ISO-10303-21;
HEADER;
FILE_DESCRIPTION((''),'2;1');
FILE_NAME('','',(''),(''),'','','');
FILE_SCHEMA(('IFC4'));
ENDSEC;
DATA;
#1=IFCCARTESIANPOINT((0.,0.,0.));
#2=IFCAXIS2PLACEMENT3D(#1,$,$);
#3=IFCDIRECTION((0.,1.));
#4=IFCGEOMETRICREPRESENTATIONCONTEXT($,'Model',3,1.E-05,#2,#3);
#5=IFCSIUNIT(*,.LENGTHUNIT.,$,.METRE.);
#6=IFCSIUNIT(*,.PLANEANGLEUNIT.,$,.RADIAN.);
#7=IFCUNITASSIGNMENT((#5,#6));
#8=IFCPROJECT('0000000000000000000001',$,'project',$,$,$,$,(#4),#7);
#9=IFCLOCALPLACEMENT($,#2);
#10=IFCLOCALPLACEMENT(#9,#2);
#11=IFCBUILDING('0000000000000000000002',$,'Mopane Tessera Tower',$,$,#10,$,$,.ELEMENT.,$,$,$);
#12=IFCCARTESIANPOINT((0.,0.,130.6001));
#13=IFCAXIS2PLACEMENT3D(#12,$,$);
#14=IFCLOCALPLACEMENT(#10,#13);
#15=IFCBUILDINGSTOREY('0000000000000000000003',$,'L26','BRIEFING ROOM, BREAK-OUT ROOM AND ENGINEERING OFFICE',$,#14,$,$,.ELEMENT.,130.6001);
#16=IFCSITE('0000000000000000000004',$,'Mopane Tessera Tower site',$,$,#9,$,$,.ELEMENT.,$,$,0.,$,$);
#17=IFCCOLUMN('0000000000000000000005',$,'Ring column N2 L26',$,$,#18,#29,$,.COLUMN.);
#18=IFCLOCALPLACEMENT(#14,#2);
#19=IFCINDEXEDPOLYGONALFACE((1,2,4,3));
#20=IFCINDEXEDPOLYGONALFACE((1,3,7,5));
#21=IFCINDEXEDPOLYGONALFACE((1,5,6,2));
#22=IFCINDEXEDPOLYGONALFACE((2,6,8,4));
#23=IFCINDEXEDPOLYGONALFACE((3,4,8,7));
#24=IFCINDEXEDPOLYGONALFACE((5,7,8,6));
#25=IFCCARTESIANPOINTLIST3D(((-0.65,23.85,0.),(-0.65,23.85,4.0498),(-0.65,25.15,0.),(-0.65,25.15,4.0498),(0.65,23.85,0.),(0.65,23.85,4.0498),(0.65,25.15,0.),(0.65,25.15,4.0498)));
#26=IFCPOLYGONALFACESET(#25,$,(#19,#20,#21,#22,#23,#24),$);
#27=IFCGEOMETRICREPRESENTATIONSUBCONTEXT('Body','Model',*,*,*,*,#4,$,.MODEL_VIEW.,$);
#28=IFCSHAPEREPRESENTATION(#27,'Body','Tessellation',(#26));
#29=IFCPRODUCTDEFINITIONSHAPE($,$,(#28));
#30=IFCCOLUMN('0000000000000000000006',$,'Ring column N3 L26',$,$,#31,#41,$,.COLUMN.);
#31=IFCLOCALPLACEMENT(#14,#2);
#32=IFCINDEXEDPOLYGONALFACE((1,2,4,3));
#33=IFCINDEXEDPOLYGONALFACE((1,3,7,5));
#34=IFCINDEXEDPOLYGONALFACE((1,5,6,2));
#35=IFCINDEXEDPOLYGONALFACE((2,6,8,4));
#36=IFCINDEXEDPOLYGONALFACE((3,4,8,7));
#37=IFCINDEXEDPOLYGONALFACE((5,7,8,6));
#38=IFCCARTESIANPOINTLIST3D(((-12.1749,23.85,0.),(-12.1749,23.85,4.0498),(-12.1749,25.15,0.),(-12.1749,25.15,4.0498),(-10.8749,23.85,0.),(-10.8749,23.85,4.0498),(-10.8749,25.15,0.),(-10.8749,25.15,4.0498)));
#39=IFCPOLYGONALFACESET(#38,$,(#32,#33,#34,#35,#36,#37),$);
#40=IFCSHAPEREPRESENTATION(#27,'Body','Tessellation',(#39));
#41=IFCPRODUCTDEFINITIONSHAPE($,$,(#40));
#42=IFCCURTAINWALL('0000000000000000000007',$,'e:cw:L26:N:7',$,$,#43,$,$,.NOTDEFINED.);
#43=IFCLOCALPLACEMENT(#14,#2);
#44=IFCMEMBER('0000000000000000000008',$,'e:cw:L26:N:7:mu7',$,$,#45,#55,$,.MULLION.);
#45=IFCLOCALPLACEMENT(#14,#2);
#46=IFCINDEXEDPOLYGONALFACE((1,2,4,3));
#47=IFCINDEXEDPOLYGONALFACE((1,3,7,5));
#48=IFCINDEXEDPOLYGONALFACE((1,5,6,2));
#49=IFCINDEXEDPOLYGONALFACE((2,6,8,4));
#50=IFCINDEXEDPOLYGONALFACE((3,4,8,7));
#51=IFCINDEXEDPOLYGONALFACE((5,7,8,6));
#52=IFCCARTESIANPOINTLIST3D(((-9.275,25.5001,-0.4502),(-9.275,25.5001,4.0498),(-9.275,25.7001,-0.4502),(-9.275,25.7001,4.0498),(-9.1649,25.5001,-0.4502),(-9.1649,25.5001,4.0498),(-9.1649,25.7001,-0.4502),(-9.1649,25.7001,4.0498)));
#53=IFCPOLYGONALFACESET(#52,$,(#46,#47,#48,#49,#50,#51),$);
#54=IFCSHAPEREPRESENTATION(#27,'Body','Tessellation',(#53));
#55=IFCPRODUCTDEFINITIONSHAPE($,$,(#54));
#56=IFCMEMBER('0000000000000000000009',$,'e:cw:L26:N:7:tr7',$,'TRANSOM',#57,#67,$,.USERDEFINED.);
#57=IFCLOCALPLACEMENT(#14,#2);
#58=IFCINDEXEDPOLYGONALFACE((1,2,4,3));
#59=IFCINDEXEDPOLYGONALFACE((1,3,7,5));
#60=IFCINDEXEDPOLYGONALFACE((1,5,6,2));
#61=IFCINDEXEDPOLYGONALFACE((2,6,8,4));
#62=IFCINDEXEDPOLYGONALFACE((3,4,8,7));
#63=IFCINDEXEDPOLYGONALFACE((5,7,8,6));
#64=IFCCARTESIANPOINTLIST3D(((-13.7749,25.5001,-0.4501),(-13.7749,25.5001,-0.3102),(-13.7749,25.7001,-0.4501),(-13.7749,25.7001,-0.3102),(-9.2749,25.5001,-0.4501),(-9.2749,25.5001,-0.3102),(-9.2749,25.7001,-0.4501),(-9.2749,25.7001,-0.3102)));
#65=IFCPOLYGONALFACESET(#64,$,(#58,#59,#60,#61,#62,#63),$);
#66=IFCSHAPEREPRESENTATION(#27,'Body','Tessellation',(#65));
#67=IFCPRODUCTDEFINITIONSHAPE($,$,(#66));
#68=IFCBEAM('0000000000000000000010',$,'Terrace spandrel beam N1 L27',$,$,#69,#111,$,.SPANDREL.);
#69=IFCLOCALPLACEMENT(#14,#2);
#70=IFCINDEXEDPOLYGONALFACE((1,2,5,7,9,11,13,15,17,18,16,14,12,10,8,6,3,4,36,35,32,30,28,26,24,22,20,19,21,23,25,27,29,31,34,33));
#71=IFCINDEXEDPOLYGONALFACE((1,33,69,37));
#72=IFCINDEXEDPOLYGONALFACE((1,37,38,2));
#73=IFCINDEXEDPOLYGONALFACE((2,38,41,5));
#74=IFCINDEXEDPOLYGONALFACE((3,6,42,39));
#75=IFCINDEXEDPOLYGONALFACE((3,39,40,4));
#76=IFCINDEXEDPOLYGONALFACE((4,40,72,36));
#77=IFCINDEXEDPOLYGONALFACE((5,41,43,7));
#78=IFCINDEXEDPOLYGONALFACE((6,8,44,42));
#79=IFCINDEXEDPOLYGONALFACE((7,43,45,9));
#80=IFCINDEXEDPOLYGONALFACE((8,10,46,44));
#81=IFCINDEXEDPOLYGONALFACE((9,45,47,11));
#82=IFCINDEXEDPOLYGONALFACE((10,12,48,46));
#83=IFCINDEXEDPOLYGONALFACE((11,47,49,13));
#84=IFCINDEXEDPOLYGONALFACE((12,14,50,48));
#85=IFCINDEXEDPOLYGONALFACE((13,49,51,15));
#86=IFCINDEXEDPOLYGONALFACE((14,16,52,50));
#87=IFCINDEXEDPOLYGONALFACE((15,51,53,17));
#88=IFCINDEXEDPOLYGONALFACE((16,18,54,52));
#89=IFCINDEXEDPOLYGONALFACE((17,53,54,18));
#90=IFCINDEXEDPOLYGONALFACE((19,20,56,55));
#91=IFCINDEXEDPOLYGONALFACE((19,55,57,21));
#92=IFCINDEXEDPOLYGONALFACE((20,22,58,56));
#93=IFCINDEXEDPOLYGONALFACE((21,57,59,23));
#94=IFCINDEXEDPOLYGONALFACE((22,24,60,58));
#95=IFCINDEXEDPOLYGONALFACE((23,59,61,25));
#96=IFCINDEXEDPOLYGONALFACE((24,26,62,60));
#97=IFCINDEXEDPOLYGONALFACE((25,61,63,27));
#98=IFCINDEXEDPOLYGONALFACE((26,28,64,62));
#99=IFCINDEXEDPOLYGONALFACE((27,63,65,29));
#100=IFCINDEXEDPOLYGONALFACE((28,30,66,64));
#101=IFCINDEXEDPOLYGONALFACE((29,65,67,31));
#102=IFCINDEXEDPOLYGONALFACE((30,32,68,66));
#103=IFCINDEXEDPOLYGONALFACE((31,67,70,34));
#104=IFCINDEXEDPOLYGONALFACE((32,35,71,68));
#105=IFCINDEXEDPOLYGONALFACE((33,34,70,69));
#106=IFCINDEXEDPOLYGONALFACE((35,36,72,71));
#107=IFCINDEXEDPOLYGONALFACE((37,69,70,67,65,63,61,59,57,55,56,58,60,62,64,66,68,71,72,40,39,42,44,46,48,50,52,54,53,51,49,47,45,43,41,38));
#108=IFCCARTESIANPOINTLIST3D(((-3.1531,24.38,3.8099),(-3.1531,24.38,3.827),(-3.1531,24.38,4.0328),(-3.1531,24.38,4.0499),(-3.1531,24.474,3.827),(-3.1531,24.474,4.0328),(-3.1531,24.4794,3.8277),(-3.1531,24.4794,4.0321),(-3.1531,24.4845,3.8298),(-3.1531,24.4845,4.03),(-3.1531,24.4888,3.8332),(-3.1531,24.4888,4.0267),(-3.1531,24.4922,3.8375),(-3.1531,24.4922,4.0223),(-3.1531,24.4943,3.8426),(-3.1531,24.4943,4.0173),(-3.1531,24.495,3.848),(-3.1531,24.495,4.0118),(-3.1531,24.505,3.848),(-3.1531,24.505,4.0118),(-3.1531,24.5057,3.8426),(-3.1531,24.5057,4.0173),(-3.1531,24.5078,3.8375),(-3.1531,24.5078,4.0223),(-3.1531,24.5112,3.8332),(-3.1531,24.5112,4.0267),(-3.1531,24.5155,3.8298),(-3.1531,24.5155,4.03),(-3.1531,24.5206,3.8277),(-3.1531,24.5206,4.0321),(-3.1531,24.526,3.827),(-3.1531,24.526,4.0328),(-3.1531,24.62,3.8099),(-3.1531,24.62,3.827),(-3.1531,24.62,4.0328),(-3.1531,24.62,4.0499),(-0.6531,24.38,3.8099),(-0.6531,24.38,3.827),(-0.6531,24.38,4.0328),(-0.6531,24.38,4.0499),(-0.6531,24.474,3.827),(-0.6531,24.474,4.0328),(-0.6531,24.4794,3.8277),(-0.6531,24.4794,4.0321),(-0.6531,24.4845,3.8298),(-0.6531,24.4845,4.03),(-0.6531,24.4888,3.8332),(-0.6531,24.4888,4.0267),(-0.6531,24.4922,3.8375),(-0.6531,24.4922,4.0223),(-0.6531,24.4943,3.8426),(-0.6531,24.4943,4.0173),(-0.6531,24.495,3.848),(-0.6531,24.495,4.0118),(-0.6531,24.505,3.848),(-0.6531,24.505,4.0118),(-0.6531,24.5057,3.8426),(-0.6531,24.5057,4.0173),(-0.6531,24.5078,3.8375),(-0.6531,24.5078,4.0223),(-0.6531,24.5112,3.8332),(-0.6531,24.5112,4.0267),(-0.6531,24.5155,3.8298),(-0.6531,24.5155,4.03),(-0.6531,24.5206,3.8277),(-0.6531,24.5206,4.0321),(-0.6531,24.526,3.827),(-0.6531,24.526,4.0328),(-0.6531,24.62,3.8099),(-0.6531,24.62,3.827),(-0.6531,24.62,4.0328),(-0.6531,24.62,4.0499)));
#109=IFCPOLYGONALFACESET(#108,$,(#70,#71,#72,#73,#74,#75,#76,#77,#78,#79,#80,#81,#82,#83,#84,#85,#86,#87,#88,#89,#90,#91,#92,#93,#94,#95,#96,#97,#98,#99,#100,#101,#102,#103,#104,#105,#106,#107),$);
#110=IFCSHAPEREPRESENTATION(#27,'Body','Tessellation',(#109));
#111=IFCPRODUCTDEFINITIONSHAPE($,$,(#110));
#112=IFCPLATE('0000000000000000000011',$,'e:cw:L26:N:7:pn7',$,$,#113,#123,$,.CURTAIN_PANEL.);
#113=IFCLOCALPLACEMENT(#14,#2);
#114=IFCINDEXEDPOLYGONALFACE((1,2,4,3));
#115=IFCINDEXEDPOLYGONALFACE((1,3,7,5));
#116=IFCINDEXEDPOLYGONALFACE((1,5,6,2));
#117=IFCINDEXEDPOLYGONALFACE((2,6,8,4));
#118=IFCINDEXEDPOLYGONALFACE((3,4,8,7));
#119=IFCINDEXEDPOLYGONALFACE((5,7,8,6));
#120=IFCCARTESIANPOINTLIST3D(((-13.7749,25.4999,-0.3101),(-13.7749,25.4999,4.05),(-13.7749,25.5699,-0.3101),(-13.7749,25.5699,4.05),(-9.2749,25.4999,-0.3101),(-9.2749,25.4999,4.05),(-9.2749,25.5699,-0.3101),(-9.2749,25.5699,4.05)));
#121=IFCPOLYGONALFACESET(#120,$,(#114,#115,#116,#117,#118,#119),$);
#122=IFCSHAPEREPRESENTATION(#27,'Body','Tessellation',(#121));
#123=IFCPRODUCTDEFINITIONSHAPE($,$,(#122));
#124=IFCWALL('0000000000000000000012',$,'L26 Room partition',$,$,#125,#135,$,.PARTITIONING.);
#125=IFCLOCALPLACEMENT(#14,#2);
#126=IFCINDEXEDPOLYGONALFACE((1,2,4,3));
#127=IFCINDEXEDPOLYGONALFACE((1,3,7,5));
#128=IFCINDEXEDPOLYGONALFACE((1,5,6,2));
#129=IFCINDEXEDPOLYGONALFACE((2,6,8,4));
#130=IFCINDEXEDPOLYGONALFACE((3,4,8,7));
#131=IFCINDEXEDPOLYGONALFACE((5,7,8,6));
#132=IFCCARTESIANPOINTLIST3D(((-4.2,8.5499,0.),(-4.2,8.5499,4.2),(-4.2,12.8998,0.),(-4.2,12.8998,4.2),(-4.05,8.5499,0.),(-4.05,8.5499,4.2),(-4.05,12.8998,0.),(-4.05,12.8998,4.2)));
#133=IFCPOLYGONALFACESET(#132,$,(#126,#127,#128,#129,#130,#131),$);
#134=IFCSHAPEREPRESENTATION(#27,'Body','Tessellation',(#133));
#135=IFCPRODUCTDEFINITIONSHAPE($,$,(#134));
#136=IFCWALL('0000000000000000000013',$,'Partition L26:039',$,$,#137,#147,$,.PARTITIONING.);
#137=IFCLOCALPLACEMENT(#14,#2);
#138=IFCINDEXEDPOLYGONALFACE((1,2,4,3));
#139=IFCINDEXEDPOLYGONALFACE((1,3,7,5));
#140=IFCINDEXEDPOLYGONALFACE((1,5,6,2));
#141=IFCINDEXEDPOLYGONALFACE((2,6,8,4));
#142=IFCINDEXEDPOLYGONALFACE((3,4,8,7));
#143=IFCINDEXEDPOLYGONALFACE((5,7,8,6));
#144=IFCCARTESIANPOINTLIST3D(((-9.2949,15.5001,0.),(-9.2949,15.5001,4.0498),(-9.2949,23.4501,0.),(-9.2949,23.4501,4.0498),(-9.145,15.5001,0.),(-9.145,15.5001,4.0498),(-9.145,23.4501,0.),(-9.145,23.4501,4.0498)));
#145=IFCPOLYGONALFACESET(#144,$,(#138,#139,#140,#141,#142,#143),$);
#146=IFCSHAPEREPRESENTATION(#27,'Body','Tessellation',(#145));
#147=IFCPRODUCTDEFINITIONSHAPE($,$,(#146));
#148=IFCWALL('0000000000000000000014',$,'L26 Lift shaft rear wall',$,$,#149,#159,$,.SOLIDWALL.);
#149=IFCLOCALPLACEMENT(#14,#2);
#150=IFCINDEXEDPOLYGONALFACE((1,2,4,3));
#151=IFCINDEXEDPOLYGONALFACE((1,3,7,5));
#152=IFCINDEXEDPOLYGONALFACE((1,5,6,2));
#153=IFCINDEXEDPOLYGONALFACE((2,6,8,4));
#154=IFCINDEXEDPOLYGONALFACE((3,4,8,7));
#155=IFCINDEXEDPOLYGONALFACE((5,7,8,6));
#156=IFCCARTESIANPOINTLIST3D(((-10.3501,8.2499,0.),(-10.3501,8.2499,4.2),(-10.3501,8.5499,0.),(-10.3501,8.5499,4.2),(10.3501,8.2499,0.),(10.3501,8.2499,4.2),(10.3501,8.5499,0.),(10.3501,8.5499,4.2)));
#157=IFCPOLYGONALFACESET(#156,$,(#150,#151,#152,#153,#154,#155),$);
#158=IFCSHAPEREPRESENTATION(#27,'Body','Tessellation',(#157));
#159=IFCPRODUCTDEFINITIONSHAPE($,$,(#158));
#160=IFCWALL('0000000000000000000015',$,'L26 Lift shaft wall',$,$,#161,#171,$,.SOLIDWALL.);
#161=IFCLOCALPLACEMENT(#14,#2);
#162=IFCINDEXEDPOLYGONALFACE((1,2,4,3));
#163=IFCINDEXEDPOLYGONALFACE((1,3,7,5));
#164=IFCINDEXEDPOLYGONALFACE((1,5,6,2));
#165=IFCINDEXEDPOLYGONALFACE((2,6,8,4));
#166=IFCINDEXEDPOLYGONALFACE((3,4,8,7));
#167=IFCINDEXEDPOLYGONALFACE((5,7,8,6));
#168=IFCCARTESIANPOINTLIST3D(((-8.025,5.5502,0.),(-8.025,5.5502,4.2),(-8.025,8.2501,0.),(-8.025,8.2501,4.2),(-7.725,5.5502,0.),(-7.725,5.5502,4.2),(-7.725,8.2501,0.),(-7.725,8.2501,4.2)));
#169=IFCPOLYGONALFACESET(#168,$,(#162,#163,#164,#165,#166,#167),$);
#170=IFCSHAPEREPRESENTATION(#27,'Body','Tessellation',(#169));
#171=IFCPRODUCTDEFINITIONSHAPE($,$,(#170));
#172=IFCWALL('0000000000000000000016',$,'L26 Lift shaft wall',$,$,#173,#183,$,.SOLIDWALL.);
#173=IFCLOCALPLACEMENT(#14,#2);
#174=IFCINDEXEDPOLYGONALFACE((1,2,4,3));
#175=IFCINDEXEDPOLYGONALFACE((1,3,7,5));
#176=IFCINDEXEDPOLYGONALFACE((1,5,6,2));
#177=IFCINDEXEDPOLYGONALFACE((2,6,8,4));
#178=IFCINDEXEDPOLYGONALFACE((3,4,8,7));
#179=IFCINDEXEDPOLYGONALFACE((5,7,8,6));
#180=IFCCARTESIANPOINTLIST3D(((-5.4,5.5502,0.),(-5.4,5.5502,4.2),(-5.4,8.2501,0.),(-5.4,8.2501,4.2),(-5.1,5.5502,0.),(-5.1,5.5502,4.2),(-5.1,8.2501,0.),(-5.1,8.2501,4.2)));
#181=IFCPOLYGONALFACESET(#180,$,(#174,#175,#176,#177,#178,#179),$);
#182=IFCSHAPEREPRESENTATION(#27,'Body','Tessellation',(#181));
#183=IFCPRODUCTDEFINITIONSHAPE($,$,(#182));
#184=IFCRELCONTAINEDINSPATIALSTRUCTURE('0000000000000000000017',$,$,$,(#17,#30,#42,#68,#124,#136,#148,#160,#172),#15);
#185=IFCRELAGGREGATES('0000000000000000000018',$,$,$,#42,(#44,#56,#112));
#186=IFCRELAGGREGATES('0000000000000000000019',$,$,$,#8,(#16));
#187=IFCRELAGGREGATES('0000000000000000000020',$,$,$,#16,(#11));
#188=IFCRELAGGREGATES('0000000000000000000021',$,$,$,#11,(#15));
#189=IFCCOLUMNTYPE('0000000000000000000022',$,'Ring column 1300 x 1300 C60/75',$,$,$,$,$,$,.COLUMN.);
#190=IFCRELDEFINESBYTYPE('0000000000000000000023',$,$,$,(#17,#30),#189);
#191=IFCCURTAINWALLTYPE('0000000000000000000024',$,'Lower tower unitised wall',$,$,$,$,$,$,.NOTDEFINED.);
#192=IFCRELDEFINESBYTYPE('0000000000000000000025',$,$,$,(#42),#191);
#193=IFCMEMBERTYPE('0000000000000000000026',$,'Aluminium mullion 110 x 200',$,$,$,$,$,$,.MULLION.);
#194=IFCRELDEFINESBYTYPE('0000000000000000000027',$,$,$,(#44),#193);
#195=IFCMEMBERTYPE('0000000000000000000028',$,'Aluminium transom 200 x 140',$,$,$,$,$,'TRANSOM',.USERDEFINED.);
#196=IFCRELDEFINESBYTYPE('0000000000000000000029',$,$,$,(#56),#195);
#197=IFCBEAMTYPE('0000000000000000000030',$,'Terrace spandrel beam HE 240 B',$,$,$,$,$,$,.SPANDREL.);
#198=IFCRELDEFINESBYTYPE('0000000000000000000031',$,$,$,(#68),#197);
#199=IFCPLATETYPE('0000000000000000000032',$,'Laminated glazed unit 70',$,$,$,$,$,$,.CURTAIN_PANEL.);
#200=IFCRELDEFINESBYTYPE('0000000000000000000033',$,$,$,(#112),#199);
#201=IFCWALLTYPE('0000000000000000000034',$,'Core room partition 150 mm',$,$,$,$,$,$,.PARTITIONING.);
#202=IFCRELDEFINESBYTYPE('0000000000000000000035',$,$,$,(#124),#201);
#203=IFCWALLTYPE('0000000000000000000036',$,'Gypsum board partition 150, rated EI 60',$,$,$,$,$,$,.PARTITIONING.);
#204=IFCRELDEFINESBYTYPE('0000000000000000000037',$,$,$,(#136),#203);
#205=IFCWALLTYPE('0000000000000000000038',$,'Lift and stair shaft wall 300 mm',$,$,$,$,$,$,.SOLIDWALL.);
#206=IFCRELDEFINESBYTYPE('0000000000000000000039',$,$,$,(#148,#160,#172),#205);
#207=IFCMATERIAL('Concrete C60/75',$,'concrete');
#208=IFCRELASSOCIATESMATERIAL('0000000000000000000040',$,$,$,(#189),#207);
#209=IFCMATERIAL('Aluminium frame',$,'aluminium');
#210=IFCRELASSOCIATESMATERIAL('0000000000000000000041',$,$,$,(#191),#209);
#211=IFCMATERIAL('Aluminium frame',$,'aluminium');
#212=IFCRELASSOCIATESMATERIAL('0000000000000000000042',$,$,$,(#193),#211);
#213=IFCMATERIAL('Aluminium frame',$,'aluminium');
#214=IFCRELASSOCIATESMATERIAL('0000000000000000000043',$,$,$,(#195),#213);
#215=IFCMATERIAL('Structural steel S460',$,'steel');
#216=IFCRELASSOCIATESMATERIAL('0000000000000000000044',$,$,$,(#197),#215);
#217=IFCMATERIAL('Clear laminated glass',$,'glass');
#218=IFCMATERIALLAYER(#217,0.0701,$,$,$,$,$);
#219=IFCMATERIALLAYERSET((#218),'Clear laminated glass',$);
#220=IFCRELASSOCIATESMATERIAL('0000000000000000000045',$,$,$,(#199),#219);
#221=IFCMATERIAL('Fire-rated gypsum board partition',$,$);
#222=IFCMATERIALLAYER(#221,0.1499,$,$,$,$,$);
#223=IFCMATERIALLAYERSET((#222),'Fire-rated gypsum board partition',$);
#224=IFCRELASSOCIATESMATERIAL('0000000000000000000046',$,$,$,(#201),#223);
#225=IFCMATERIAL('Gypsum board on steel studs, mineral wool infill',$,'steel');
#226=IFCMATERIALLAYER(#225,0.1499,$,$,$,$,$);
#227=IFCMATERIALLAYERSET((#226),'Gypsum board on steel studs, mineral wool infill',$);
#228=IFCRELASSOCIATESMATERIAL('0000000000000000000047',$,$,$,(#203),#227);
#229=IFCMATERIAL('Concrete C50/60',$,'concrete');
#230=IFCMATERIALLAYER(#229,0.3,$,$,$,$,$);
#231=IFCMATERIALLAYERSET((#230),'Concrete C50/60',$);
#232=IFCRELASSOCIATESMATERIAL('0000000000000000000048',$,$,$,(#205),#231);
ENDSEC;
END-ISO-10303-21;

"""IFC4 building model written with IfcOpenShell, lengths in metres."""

from ifc_helpers import new_model, si_unit, direction, frame, frame_2d, origin, origin_2d, place, context, subcontext, project, spatial, rectangle, i_section, extrude, material, layer, layer_set, material_profile, profile_set, type_object, element, aggregate, save


model = new_model("IFC4")

# Units and contexts
model_context = context("Model", 3, precision=1e-05, world=origin(), true_north=direction((0.0, 1.0)))
body_context = subcontext(model_context, "Body", "Model", "MODEL_VIEW")
ifc_project = project(units=[si_unit("LENGTHUNIT", "METRE"), si_unit("PLANEANGLEUNIT", "RADIAN")], contexts=[model_context])

# Site, building, storey
site_placement = place(None, origin())
site = spatial("IfcSite", under=ifc_project, at=site_placement, Name="Mopane Tessera Tower site", CompositionType="ELEMENT", RefElevation=0.0)
building_placement = place(site_placement, origin())
building = spatial("IfcBuilding", under=site, at=building_placement, Name="Mopane Tessera Tower", CompositionType="ELEMENT")
storey_placement = place(building_placement, frame((0.0, 0.0, 130.6001)))
storey = spatial("IfcBuildingStorey", under=building, at=storey_placement, Name="L26", Description="BRIEFING ROOM, BREAK-OUT ROOM AND ENGINEERING OFFICE", CompositionType="ELEMENT", Elevation=130.6001)

# Columns
ifc_material_1 = material(Name="Concrete C60/75", Category="concrete")
ifc_material_profile_1 = material_profile(ifc_material_1, rectangle(XDim=1.3, YDim=1.3, at=origin_2d()))
ifc_profile_set_1 = profile_set([ifc_material_profile_1], Name="Concrete C60/75")
column_type = type_object("IfcColumnType", Name="Ring column 1300 x 1300 C60/75", PredefinedType="COLUMN", material=ifc_profile_set_1)
for number, where, z_axis, x_axis, name in (
    (1, (0.0, 24.5, 0.0), (0.0, 0.0, 1.0), (1.0, 0.0, 0.0), "Ring column N2 L26"),
    (2, (-11.5249, 24.5, 0.0), (0.0, 0.0, 1.0), (1.0, 0.0, 0.0), "Ring column N3 L26"),
):
    element("IfcColumn", number, at=place(storey_placement, frame(where, z_axis=z_axis, x_axis=x_axis)), inside=storey, type_object=column_type, Name=name, PredefinedType="COLUMN", context=body_context, shape_type="SweptSolid", body=[
        extrude(rectangle(XDim=1.3, YDim=1.3, at=origin_2d()), origin(), (0.0, 0.0, 1.0), 4.0498),
    ])

# Curtain wall, members
ifc_material_2 = material(Name="Aluminium frame", Category="aluminium")
curtain_wall_type = type_object("IfcCurtainWallType", Name="Lower tower unitised wall", PredefinedType="NOTDEFINED", material=ifc_material_2)
curtain_wall_placement = place(storey_placement, origin())
curtain_wall = element("IfcCurtainWall", 3, at=curtain_wall_placement, inside=storey, type_object=curtain_wall_type, Name="e:cw:L26:N:7", PredefinedType="NOTDEFINED")
ifc_material_3 = material(Name="Aluminium frame", Category="aluminium")
ifc_material_profile_2 = material_profile(ifc_material_3, rectangle(XDim=0.1101, YDim=0.2, at=origin_2d()))
ifc_profile_set_2 = profile_set([ifc_material_profile_2], Name="Aluminium frame")
member_type_1 = type_object("IfcMemberType", Name="Aluminium mullion 110 x 200", PredefinedType="MULLION", material=ifc_profile_set_2)
member_1_placement = place(storey_placement, frame((-9.22, 25.6001, -0.4502), z_axis=(0.0, 0.0, 1.0), x_axis=(-1.0, 0.0, 0.0)))
member_1 = element("IfcMember", 4, at=member_1_placement, type_object=member_type_1, Name="e:cw:L26:N:7:mu7", PredefinedType="MULLION", context=body_context, shape_type="SweptSolid", body=[
    extrude(rectangle(XDim=0.1101, YDim=0.2, at=origin_2d()), origin(), (0.0, 0.0, 1.0), 4.5),
])
ifc_material_4 = material(Name="Aluminium frame", Category="aluminium")
ifc_material_profile_3 = material_profile(ifc_material_4, rectangle(XDim=0.2, YDim=0.1399, at=origin_2d()))
ifc_profile_set_3 = profile_set([ifc_material_profile_3], Name="Aluminium frame")
member_type_2 = type_object("IfcMemberType", Name="Aluminium transom 200 x 140", ElementType="TRANSOM", PredefinedType="USERDEFINED", material=ifc_profile_set_3)
member_2_placement = place(storey_placement, frame((-9.2749, 25.6001, -0.3801), z_axis=(-1.0, 0.0, 0.0), x_axis=(0.0, -1.0, 0.0)))
member_2 = element("IfcMember", 5, at=member_2_placement, type_object=member_type_2, Name="e:cw:L26:N:7:tr7", ObjectType="TRANSOM", PredefinedType="USERDEFINED", context=body_context, shape_type="SweptSolid", body=[
    extrude(rectangle(XDim=0.2, YDim=0.1399, at=origin_2d()), origin(), (0.0, 0.0, 1.0), 4.5),
])

# Beam
ifc_material_5 = material(Name="Structural steel S460", Category="steel")
ifc_material_profile_4 = material_profile(ifc_material_5, i_section(OverallWidth=0.24, OverallDepth=0.24, WebThickness=0.01, FlangeThickness=0.0171, FilletRadius=0.021, at=origin_2d()))
ifc_profile_set_4 = profile_set([ifc_material_profile_4], Name="Structural steel S460")
beam_type = type_object("IfcBeamType", Name="Terrace spandrel beam HE 240 B", PredefinedType="SPANDREL", material=ifc_profile_set_4)
beam_placement = place(storey_placement, frame((-0.6531, 24.5, 3.9299), z_axis=(-1.0, 0.0, 0.0), x_axis=(0.0, -1.0, 0.0)))
element("IfcBeam", 6, at=beam_placement, inside=storey, type_object=beam_type, Name="Terrace spandrel beam N1 L27", PredefinedType="SPANDREL", context=body_context, shape_type="SweptSolid", body=[
    extrude(i_section(OverallWidth=0.24, OverallDepth=0.24, WebThickness=0.01, FlangeThickness=0.0171, FilletRadius=0.021, at=origin_2d()), origin(), (0.0, 0.0, 1.0), 2.5),
])

# Plate
ifc_material_6 = material(Name="Clear laminated glass", Category="glass")
ifc_layer_1 = layer(ifc_material_6, 0.0701)
ifc_layer_set_1 = layer_set([ifc_layer_1], Name="Clear laminated glass")
plate_type = type_object("IfcPlateType", Name="Laminated glazed unit 70", PredefinedType="CURTAIN_PANEL", material=ifc_layer_set_1)
plate_placement = place(storey_placement, frame((-11.5249, 25.5349, -0.3101), z_axis=(0.0, 0.0, 1.0), x_axis=(-1.0, 0.0, 0.0)))
plate = element("IfcPlate", 7, at=plate_placement, type_object=plate_type, Name="e:cw:L26:N:7:pn7", PredefinedType="CURTAIN_PANEL", context=body_context, shape_type="SweptSolid", body=[
    extrude(rectangle(XDim=4.5, YDim=0.0701, at=origin_2d()), origin(), (0.0, 0.0, 1.0), 4.3601),
])
aggregate(curtain_wall, [member_1, member_2, plate])

# Walls
ifc_material_7 = material(Name="Fire-rated gypsum board partition")
ifc_layer_2 = layer(ifc_material_7, 0.1499)
ifc_layer_set_2 = layer_set([ifc_layer_2], Name="Fire-rated gypsum board partition")
wall_type_1 = type_object("IfcWallType", Name="Core room partition 150 mm", PredefinedType="PARTITIONING", material=ifc_layer_set_2)
wall_1_placement = place(storey_placement, frame((-4.125, 8.55, 0.0), z_axis=(0.0, 0.0, 1.0), x_axis=(0.0, 1.0, 0.0)))
element("IfcWall", 8, at=wall_1_placement, inside=storey, type_object=wall_type_1, Name="L26 Room partition", PredefinedType="PARTITIONING", context=body_context, shape_type="SweptSolid", body=[
    extrude(rectangle(XDim=4.3499, YDim=0.1499, at=frame_2d((2.1748, 0.0))), origin(), (0.0, 0.0, 1.0), 4.2),
])
ifc_material_8 = material(Name="Gypsum board on steel studs, mineral wool infill", Category="steel")
ifc_layer_3 = layer(ifc_material_8, 0.1499)
ifc_layer_set_3 = layer_set([ifc_layer_3], Name="Gypsum board on steel studs, mineral wool infill")
wall_type_2 = type_object("IfcWallType", Name="Gypsum board partition 150, rated EI 60", PredefinedType="PARTITIONING", material=ifc_layer_set_3)
wall_2_placement = place(storey_placement, frame((-9.22, 15.5, 0.0), z_axis=(0.0, 0.0, 1.0), x_axis=(0.0, 1.0, 0.0)))
element("IfcWall", 9, at=wall_2_placement, inside=storey, type_object=wall_type_2, Name="Partition L26:039", PredefinedType="PARTITIONING", context=body_context, shape_type="SweptSolid", body=[
    extrude(rectangle(XDim=7.95, YDim=0.1499, at=frame_2d((3.9751, 0.0))), origin(), (0.0, 0.0, 1.0), 4.0498),
])
ifc_material_9 = material(Name="Concrete C50/60", Category="concrete")
ifc_layer_4 = layer(ifc_material_9, 0.3)
ifc_layer_set_4 = layer_set([ifc_layer_4], Name="Concrete C50/60")
wall_type_3 = type_object("IfcWallType", Name="Lift and stair shaft wall 300 mm", PredefinedType="SOLIDWALL", material=ifc_layer_set_4)
wall_3_placement = place(storey_placement, frame((-10.3501, 8.3999, 0.0), z_axis=(0.0, 0.0, 1.0), x_axis=(1.0, 0.0, 0.0)))
element("IfcWall", 10, at=wall_3_placement, inside=storey, type_object=wall_type_3, Name="L26 Lift shaft rear wall", PredefinedType="SOLIDWALL", context=body_context, shape_type="SweptSolid", body=[
    extrude(rectangle(XDim=20.7002, YDim=0.3, at=frame_2d((10.3501, 0.0))), origin(), (0.0, 0.0, 1.0), 4.2),
])
for number, where, z_axis, x_axis, name in (
    (11, (-7.875, 5.55, 0.0), (0.0, 0.0, 1.0), (0.0, 1.0, 0.0), "L26 Lift shaft wall"),
    (12, (-5.25, 5.55, 0.0), (0.0, 0.0, 1.0), (0.0, 1.0, 0.0), "L26 Lift shaft wall"),
):
    element("IfcWall", number, at=place(storey_placement, frame(where, z_axis=z_axis, x_axis=x_axis)), inside=storey, type_object=wall_type_3, Name=name, PredefinedType="SOLIDWALL", context=body_context, shape_type="SweptSolid", body=[
        extrude(rectangle(XDim=2.7, YDim=0.3, at=frame_2d((1.3501, 0.0))), origin(), (0.0, 0.0, 1.0), 4.2),
    ])

save(model, "model.ifc")
